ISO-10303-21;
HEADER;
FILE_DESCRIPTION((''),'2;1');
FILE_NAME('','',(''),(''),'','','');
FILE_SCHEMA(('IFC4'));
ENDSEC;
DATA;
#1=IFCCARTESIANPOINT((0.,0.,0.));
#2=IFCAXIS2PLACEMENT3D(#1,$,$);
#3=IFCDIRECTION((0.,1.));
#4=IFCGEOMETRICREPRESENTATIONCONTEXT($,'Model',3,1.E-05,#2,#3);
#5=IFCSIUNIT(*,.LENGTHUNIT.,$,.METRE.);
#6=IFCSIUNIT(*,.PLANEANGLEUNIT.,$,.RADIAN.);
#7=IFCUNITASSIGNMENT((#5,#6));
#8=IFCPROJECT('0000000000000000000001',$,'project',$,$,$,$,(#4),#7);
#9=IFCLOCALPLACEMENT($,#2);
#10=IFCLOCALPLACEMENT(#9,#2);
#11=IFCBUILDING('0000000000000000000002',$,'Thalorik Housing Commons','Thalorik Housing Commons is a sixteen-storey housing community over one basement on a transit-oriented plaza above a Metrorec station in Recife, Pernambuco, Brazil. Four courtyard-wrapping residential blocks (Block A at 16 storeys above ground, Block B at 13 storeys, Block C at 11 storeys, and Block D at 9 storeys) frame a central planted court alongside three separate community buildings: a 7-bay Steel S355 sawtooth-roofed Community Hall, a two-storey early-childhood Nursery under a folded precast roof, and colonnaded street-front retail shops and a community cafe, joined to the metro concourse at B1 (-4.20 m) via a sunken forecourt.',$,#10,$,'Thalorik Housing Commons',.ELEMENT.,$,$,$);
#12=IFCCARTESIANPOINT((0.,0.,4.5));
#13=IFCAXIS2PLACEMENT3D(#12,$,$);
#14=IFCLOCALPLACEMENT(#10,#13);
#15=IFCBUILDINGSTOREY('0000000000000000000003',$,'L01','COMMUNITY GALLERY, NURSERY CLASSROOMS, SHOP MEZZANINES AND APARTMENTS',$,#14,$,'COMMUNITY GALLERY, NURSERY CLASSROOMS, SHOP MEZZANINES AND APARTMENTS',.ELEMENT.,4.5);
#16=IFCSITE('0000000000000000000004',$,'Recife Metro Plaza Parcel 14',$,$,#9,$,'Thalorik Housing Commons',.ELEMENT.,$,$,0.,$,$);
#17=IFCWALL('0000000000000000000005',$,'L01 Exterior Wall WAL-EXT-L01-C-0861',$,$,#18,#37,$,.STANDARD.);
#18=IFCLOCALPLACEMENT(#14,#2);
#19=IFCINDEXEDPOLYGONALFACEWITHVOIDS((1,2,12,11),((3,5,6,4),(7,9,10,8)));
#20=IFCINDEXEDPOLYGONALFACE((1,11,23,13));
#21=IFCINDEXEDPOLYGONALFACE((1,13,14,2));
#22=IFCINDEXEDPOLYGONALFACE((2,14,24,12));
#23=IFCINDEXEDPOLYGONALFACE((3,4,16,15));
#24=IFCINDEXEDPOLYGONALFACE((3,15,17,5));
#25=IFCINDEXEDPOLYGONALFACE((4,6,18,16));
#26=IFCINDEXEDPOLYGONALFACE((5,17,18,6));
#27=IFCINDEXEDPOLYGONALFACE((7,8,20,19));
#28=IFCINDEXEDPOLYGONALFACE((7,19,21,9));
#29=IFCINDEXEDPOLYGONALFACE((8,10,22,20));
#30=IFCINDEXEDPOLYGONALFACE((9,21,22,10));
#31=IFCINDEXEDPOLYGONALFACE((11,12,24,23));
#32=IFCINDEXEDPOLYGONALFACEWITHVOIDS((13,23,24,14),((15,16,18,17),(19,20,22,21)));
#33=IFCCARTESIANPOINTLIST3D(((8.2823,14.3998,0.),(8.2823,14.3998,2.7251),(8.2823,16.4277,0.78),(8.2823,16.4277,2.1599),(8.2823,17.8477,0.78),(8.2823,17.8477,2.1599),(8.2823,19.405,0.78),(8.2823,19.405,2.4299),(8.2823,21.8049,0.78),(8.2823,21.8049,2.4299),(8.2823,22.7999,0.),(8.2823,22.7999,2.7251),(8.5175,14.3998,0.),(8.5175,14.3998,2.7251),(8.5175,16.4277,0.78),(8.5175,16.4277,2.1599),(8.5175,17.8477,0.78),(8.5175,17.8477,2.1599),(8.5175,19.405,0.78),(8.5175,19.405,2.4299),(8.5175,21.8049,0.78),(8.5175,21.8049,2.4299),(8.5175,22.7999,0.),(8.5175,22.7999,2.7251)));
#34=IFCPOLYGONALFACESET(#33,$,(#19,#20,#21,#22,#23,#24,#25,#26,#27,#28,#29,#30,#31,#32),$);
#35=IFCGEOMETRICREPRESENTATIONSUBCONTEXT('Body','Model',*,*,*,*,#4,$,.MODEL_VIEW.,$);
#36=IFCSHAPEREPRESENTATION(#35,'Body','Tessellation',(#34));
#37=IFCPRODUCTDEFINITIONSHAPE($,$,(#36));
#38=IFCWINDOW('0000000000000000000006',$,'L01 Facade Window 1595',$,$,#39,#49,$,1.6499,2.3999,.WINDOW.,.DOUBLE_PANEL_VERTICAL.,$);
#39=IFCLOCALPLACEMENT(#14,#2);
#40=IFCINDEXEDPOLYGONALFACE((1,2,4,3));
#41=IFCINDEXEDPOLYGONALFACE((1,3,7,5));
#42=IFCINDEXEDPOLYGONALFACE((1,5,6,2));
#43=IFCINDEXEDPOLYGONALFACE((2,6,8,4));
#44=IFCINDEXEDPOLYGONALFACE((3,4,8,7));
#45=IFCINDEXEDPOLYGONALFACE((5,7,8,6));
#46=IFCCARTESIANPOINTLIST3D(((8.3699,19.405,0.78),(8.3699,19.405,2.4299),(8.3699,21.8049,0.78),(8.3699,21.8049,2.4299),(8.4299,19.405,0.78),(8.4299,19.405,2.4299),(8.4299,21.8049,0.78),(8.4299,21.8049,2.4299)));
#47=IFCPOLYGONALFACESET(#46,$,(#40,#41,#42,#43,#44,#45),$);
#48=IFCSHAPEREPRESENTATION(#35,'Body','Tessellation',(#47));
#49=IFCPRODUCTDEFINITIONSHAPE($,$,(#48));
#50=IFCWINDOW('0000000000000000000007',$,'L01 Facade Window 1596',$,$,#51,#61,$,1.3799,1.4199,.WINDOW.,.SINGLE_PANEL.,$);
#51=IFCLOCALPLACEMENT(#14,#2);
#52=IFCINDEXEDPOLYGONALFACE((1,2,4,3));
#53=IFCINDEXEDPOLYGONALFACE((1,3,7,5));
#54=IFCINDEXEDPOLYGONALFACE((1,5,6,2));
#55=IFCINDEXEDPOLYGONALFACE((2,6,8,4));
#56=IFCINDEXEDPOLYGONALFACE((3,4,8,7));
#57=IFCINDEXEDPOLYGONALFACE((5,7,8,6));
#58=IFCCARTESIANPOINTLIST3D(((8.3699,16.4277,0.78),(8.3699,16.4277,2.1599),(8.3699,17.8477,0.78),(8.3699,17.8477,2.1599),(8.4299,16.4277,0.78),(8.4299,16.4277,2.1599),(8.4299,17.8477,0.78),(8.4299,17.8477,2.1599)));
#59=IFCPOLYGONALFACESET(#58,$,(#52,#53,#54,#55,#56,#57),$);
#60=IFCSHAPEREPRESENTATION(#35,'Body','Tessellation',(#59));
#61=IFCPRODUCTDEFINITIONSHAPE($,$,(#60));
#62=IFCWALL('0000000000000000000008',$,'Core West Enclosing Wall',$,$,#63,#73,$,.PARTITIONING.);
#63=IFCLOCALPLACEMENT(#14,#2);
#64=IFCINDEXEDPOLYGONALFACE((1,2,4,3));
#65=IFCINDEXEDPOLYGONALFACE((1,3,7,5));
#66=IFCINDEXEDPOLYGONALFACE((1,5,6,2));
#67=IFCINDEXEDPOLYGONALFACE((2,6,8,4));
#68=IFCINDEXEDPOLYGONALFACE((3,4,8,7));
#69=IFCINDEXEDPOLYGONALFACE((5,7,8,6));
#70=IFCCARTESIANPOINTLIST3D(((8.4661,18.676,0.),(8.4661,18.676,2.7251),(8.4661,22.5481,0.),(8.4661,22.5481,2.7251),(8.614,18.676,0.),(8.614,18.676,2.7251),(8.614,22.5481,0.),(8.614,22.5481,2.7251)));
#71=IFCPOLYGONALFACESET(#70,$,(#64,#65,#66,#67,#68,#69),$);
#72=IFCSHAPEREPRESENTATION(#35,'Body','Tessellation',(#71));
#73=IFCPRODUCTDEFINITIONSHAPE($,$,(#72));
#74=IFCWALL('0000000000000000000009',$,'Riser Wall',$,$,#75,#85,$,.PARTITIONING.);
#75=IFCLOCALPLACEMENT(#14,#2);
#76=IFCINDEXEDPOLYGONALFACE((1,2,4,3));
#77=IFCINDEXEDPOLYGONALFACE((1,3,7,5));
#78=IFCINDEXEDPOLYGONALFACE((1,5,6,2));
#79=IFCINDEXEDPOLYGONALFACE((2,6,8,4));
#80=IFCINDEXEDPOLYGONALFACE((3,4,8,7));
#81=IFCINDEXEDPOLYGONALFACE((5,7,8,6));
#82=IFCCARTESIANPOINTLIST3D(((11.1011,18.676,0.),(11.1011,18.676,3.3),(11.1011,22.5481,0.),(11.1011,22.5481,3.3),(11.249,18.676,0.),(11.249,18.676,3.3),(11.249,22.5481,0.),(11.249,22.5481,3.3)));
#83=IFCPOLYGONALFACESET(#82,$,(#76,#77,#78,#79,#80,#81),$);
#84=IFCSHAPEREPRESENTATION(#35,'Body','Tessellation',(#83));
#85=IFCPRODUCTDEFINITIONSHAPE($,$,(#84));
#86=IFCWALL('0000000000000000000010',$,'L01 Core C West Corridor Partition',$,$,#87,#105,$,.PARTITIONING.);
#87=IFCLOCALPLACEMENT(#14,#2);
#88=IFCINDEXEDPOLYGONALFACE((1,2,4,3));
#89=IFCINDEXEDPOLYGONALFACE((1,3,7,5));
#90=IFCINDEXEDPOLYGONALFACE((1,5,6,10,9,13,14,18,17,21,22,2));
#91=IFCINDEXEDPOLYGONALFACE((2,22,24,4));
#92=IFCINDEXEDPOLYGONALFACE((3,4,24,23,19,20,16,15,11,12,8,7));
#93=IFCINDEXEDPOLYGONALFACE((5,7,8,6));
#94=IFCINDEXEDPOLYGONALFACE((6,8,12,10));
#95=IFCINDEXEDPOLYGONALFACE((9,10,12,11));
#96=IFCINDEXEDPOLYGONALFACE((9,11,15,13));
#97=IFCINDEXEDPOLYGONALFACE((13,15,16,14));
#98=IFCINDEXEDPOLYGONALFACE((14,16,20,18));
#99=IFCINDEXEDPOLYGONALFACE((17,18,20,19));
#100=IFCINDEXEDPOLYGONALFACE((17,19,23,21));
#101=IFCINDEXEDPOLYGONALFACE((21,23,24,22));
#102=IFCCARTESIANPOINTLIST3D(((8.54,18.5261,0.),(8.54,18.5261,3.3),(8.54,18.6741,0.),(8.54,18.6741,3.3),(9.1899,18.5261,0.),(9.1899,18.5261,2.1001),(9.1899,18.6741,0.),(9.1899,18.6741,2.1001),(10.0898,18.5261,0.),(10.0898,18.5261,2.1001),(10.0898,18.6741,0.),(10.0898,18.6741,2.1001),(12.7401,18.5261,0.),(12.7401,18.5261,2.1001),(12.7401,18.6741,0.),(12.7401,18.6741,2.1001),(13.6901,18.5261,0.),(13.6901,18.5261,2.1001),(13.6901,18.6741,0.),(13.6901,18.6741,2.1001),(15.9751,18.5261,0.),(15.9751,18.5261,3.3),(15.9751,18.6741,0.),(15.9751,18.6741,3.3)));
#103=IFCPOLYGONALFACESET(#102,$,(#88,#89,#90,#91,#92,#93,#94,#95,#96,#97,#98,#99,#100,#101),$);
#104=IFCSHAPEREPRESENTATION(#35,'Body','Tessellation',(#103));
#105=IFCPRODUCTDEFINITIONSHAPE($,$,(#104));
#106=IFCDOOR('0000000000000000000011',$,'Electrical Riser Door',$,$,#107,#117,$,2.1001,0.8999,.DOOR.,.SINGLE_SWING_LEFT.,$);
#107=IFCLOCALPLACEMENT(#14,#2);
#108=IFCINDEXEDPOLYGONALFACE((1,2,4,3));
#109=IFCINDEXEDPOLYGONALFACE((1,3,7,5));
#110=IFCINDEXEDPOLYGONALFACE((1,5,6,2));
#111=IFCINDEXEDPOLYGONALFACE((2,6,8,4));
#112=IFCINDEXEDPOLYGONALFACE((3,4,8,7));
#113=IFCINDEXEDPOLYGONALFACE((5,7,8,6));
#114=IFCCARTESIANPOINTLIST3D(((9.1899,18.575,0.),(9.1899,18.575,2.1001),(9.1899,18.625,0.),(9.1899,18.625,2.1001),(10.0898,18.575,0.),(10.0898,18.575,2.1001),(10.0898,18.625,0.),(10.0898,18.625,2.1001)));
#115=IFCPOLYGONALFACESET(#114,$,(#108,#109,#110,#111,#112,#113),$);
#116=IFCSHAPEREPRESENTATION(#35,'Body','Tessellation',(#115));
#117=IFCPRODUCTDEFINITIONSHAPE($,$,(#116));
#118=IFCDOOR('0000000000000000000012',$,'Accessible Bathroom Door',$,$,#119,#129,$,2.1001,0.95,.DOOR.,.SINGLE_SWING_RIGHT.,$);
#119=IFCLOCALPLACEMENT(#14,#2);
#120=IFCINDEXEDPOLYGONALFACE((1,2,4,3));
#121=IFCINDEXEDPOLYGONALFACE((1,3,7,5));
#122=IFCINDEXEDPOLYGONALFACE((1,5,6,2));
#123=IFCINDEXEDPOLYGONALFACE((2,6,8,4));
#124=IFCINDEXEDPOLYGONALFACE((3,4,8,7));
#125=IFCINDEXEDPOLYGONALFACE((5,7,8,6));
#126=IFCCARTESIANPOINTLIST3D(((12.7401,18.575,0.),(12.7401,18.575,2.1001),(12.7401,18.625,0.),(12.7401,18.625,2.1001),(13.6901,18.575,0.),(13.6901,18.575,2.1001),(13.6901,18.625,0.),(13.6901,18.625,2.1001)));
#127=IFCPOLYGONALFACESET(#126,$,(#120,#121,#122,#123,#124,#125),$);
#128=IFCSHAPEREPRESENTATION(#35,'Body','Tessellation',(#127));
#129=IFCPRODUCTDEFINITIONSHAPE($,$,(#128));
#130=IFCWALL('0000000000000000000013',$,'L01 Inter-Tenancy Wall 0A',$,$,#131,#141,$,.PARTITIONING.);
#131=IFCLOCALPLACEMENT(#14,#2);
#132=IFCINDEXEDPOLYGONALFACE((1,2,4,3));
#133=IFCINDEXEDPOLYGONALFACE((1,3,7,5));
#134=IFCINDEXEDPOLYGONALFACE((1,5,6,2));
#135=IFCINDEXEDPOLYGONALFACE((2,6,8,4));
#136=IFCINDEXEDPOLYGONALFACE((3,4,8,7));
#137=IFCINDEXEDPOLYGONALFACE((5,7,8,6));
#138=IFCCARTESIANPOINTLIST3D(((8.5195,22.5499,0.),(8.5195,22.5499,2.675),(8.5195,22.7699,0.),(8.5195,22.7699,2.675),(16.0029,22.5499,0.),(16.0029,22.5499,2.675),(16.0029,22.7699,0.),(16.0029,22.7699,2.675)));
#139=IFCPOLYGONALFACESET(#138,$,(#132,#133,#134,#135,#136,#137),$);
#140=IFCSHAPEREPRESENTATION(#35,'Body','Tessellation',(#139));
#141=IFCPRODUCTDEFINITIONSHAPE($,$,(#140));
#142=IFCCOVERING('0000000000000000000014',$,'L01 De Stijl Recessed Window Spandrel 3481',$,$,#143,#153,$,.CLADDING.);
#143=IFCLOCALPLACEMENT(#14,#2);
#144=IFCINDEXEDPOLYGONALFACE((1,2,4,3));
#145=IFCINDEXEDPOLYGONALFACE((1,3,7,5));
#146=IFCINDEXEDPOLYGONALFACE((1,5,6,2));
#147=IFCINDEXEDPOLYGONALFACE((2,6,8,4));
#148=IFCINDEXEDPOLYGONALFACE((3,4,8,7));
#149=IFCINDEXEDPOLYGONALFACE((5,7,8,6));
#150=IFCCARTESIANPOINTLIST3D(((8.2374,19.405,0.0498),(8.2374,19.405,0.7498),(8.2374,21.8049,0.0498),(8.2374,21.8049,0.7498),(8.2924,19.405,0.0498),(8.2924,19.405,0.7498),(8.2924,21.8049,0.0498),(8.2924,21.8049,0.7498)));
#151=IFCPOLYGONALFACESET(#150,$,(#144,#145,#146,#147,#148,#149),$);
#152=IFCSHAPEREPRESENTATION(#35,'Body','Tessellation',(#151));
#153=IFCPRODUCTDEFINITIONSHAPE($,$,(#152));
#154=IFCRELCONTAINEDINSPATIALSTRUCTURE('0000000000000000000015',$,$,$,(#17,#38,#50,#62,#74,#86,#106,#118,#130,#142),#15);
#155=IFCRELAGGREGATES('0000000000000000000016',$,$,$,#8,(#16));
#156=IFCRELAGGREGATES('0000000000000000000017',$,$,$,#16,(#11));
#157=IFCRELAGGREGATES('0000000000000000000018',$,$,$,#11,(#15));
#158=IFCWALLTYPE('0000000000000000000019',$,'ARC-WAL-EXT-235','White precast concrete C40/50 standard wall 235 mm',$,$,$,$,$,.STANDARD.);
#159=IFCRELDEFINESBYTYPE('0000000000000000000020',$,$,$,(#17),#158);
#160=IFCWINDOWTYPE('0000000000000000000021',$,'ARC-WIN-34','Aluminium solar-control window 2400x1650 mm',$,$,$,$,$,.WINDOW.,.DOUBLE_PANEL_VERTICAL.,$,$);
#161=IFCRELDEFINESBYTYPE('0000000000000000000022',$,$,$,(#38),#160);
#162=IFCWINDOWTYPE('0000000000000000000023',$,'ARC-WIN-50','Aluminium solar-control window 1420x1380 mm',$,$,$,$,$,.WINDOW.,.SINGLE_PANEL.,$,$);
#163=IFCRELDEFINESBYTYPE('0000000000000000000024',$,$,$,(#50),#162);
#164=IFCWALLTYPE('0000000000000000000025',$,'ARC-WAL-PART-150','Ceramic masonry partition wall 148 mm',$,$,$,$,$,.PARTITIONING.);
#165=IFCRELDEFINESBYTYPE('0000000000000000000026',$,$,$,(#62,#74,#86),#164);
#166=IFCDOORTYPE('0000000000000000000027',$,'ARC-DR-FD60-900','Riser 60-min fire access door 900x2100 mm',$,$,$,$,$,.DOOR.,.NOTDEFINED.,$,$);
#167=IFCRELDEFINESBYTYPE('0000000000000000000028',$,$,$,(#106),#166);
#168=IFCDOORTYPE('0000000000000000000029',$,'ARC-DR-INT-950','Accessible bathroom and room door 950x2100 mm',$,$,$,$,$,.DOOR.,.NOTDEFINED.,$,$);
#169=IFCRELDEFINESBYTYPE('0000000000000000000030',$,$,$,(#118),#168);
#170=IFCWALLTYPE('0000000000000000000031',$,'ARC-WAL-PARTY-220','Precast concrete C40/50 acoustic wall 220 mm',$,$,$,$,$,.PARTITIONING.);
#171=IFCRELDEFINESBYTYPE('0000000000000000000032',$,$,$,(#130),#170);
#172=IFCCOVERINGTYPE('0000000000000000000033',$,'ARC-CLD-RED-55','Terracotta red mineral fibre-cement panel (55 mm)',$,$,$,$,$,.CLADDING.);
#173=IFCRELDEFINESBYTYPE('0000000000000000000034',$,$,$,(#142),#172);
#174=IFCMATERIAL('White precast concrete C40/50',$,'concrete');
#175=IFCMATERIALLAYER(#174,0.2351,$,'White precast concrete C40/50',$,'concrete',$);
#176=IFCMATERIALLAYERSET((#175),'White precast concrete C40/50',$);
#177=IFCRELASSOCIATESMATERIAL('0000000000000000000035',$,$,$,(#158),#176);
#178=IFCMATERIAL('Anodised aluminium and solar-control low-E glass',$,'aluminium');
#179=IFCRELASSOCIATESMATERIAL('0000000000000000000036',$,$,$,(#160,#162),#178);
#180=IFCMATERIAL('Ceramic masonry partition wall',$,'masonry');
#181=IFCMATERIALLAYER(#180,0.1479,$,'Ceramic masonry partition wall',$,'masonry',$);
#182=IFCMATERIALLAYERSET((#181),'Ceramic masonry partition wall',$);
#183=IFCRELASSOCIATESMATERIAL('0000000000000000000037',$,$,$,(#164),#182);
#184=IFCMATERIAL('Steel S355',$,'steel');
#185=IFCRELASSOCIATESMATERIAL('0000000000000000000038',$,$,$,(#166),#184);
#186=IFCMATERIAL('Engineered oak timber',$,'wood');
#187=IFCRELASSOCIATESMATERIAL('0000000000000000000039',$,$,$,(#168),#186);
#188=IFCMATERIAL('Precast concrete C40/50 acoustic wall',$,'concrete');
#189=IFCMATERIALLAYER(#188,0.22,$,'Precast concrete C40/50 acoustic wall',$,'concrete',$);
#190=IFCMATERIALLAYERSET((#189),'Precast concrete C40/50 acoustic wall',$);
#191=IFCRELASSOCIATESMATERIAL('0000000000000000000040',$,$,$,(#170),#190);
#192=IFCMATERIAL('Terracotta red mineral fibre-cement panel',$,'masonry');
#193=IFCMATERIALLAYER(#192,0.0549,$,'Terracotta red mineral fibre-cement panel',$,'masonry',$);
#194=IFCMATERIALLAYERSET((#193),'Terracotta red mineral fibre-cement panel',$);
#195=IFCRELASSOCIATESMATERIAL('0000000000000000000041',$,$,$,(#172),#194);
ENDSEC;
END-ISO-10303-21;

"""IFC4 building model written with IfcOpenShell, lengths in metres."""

from ifc_helpers import new_model, si_unit, direction, frame, frame_2d, origin, origin_2d, place, context, subcontext, project, spatial, rectangle, extrude, material, layer, layer_set, type_object, element, fill, save


model = new_model("IFC4")

# Units and contexts
model_context = context("Model", 3, precision=1e-05, world=origin(), true_north=direction((0.0, 1.0)))
body_context = subcontext(model_context, "Body", "Model", "MODEL_VIEW")
ifc_project = project(units=[si_unit("LENGTHUNIT", "METRE"), si_unit("PLANEANGLEUNIT", "RADIAN")], contexts=[model_context])

# Site, building, storey
site_placement = place(None, origin())
site = spatial("IfcSite", under=ifc_project, at=site_placement, Name="Recife Metro Plaza Parcel 14", LongName="Thalorik Housing Commons", CompositionType="ELEMENT", RefElevation=0.0)
building_placement = place(site_placement, origin())
building = spatial("IfcBuilding", under=site, at=building_placement, Name="Thalorik Housing Commons", Description="Thalorik Housing Commons is a sixteen-storey housing community over one basement on a transit-oriented plaza above a Metrorec station in Recife, Pernambuco, Brazil. Four courtyard-wrapping residential blocks (Block A at 16 storeys above ground, Block B at 13 storeys, Block C at 11 storeys, and Block D at 9 storeys) frame a central planted court alongside three separate community buildings: a 7-bay Steel S355 sawtooth-roofed Community Hall, a two-storey early-childhood Nursery under a folded precast roof, and colonnaded street-front retail shops and a community cafe, joined to the metro concourse at B1 (-4.20 m) via a sunken forecourt.", LongName="Thalorik Housing Commons", CompositionType="ELEMENT")
storey_placement = place(building_placement, frame((0.0, 0.0, 4.5)))
storey = spatial("IfcBuildingStorey", under=building, at=storey_placement, Name="L01", Description="COMMUNITY GALLERY, NURSERY CLASSROOMS, SHOP MEZZANINES AND APARTMENTS", LongName="COMMUNITY GALLERY, NURSERY CLASSROOMS, SHOP MEZZANINES AND APARTMENTS", CompositionType="ELEMENT", Elevation=4.5)

# Wall, openings, windows
ifc_material_1 = material(Name="White precast concrete C40/50", Category="concrete")
ifc_layer_1 = layer(ifc_material_1, 0.2351, Name="White precast concrete C40/50", Category="concrete")
ifc_layer_set_1 = layer_set([ifc_layer_1], Name="White precast concrete C40/50")
wall_type_1 = type_object("IfcWallType", Name="ARC-WAL-EXT-235", Description="White precast concrete C40/50 standard wall 235 mm", PredefinedType="STANDARD", material=ifc_layer_set_1)
ifc_material_2 = material(Name="Anodised aluminium and solar-control low-E glass", Category="aluminium")
wall_1_placement = place(storey_placement, frame((8.3999, 22.8, 0.0), z_axis=(0.0, 0.0, 1.0), x_axis=(0.0, -1.0, 0.0)))
wall_1 = element("IfcWall", 1, at=wall_1_placement, inside=storey, type_object=wall_type_1, Name="L01 Exterior Wall WAL-EXT-L01-C-0861", PredefinedType="STANDARD", context=body_context, shape_type="SweptSolid", body=[
    extrude(rectangle(XDim=8.4001, YDim=0.2351, at=frame_2d((4.2002, 0.0))), origin(), (0.0, 0.0, 1.0), 2.7251),
])
opening_1_placement = place(wall_1_placement, frame((0.9951, 0.0, 0.78)))
opening_1 = element("IfcOpeningElement", 2, at=opening_1_placement, cuts=wall_1, PredefinedType="OPENING", context=body_context, shape_type="SweptSolid", body=[
    extrude(rectangle(XDim=2.3999, YDim=1.6499, at=frame_2d((1.2, 0.825))), frame((0.0, 0.1274, 0.0), z_axis=(0.0, -1.0, 0.0), x_axis=(1.0, 0.0, 0.0)), (0.0, 0.0, 1.0), 0.2551),
])
opening_2_placement = place(wall_1_placement, frame((4.9524, 0.0, 0.78)))
opening_2 = element("IfcOpeningElement", 3, at=opening_2_placement, cuts=wall_1, PredefinedType="OPENING", context=body_context, shape_type="SweptSolid", body=[
    extrude(rectangle(XDim=1.4199, YDim=1.3799, at=frame_2d((0.71, 0.6899))), frame((0.0, 0.1274, 0.0), z_axis=(0.0, -1.0, 0.0), x_axis=(1.0, 0.0, 0.0)), (0.0, 0.0, 1.0), 0.2551),
])
window_type_1 = type_object("IfcWindowType", Name="ARC-WIN-34", Description="Aluminium solar-control window 2400x1650 mm", PartitioningType="DOUBLE_PANEL_VERTICAL", PredefinedType="WINDOW", material=ifc_material_2)
window_1_placement = place(opening_1_placement, origin())
window_1 = element("IfcWindow", 4, at=window_1_placement, inside=storey, type_object=window_type_1, Name="L01 Facade Window 1595", OverallHeight=1.6499, OverallWidth=2.3999, PartitioningType="DOUBLE_PANEL_VERTICAL", PredefinedType="WINDOW", context=body_context, shape_type="SweptSolid", body=[
    extrude(rectangle(XDim=2.3999, YDim=1.6499, at=frame_2d((1.2, 0.825))), frame((0.0, 0.03, 0.0), z_axis=(0.0, -1.0, 0.0), x_axis=(1.0, 0.0, 0.0)), (0.0, 0.0, 1.0), 0.0601),
])
fill(opening_1, window_1)
window_type_2 = type_object("IfcWindowType", Name="ARC-WIN-50", Description="Aluminium solar-control window 1420x1380 mm", PartitioningType="SINGLE_PANEL", PredefinedType="WINDOW", material=ifc_material_2)
window_2_placement = place(opening_2_placement, origin())
window_2 = element("IfcWindow", 5, at=window_2_placement, inside=storey, type_object=window_type_2, Name="L01 Facade Window 1596", OverallHeight=1.3799, OverallWidth=1.4199, PartitioningType="SINGLE_PANEL", PredefinedType="WINDOW", context=body_context, shape_type="SweptSolid", body=[
    extrude(rectangle(XDim=1.4199, YDim=1.3799, at=frame_2d((0.71, 0.6899))), frame((0.0, 0.03, 0.0), z_axis=(0.0, -1.0, 0.0), x_axis=(1.0, 0.0, 0.0)), (0.0, 0.0, 1.0), 0.0601),
])
fill(opening_2, window_2)

# Walls
ifc_material_3 = material(Name="Ceramic masonry partition wall", Category="masonry")
ifc_layer_2 = layer(ifc_material_3, 0.1479, Name="Ceramic masonry partition wall", Category="masonry")
ifc_layer_set_2 = layer_set([ifc_layer_2], Name="Ceramic masonry partition wall")
wall_type_2 = type_object("IfcWallType", Name="ARC-WAL-PART-150", Description="Ceramic masonry partition wall 148 mm", PredefinedType="PARTITIONING", material=ifc_layer_set_2)
wall_2_placement = place(storey_placement, frame((8.54, 18.676, 0.0), z_axis=(0.0, 0.0, 1.0), x_axis=(0.0, 1.0, 0.0)))
element("IfcWall", 6, at=wall_2_placement, inside=storey, type_object=wall_type_2, Name="Core West Enclosing Wall", PredefinedType="PARTITIONING", context=body_context, shape_type="SweptSolid", body=[
    extrude(rectangle(XDim=3.8721, YDim=0.1479, at=frame_2d((1.936, 0.0))), origin(), (0.0, 0.0, 1.0), 2.7251),
])
wall_3_placement = place(storey_placement, frame((11.175, 18.676, 0.0), z_axis=(0.0, 0.0, 1.0), x_axis=(0.0, 1.0, 0.0)))
element("IfcWall", 7, at=wall_3_placement, inside=storey, type_object=wall_type_2, Name="Riser Wall", PredefinedType="PARTITIONING", context=body_context, shape_type="SweptSolid", body=[
    extrude(rectangle(XDim=3.8721, YDim=0.1479, at=frame_2d((1.936, 0.0))), origin(), (0.0, 0.0, 1.0), 3.3),
])

# Wall, openings, doors
wall_4_placement = place(storey_placement, frame((8.54, 18.6001, 0.0), z_axis=(0.0, 0.0, 1.0), x_axis=(1.0, 0.0, 0.0)))
wall_4 = element("IfcWall", 8, at=wall_4_placement, inside=storey, type_object=wall_type_2, Name="L01 Core C West Corridor Partition", PredefinedType="PARTITIONING", context=body_context, shape_type="SweptSolid", body=[
    extrude(rectangle(XDim=7.4351, YDim=0.1479, at=frame_2d((3.7175, 0.0))), origin(), (0.0, 0.0, 1.0), 3.3),
])
opening_3_placement = place(wall_4_placement, frame((0.6499, 0.0, 0.0)))
opening_3 = element("IfcOpeningElement", 9, at=opening_3_placement, cuts=wall_4, PredefinedType="OPENING", context=body_context, shape_type="SweptSolid", body=[
    extrude(rectangle(XDim=0.8999, YDim=2.1001, at=frame_2d((0.45, 1.05))), frame((0.0, 0.084, 0.0), z_axis=(0.0, -1.0, 0.0), x_axis=(1.0, 0.0, 0.0)), (0.0, 0.0, 1.0), 0.168),
])
opening_4_placement = place(wall_4_placement, frame((4.2, 0.0, 0.0)))
opening_4 = element("IfcOpeningElement", 10, at=opening_4_placement, cuts=wall_4, PredefinedType="OPENING", context=body_context, shape_type="SweptSolid", body=[
    extrude(rectangle(XDim=0.95, YDim=2.1001, at=frame_2d((0.4751, 1.05))), frame((0.0, 0.084, 0.0), z_axis=(0.0, -1.0, 0.0), x_axis=(1.0, 0.0, 0.0)), (0.0, 0.0, 1.0), 0.168),
])
ifc_material_4 = material(Name="Steel S355", Category="steel")
door_type_1 = type_object("IfcDoorType", Name="ARC-DR-FD60-900", Description="Riser 60-min fire access door 900x2100 mm", OperationType="NOTDEFINED", PredefinedType="DOOR", material=ifc_material_4)
door_1_placement = place(opening_3_placement, origin())
door_1 = element("IfcDoor", 11, at=door_1_placement, inside=storey, type_object=door_type_1, Name="Electrical Riser Door", OperationType="SINGLE_SWING_LEFT", OverallHeight=2.1001, OverallWidth=0.8999, PredefinedType="DOOR", context=body_context, shape_type="SweptSolid", body=[
    extrude(rectangle(XDim=0.8999, YDim=2.1001, at=frame_2d((0.45, 1.05))), frame((0.0, 0.0249, 0.0), z_axis=(0.0, -1.0, 0.0), x_axis=(1.0, 0.0, 0.0)), (0.0, 0.0, 1.0), 0.05),
])
fill(opening_3, door_1)
ifc_material_5 = material(Name="Engineered oak timber", Category="wood")
door_type_2 = type_object("IfcDoorType", Name="ARC-DR-INT-950", Description="Accessible bathroom and room door 950x2100 mm", OperationType="NOTDEFINED", PredefinedType="DOOR", material=ifc_material_5)
door_2_placement = place(opening_4_placement, origin())
door_2 = element("IfcDoor", 12, at=door_2_placement, inside=storey, type_object=door_type_2, Name="Accessible Bathroom Door", OperationType="SINGLE_SWING_RIGHT", OverallHeight=2.1001, OverallWidth=0.95, PredefinedType="DOOR", context=body_context, shape_type="SweptSolid", body=[
    extrude(rectangle(XDim=0.95, YDim=2.1001, at=frame_2d((0.4751, 1.05))), frame((0.0, 0.0249, 0.0), z_axis=(0.0, -1.0, 0.0), x_axis=(1.0, 0.0, 0.0)), (0.0, 0.0, 1.0), 0.05),
])
fill(opening_4, door_2)

# Wall
ifc_material_6 = material(Name="Precast concrete C40/50 acoustic wall", Category="concrete")
ifc_layer_3 = layer(ifc_material_6, 0.22, Name="Precast concrete C40/50 acoustic wall", Category="concrete")
ifc_layer_set_3 = layer_set([ifc_layer_3], Name="Precast concrete C40/50 acoustic wall")
wall_type_3 = type_object("IfcWallType", Name="ARC-WAL-PARTY-220", Description="Precast concrete C40/50 acoustic wall 220 mm", PredefinedType="PARTITIONING", material=ifc_layer_set_3)
wall_5_placement = place(storey_placement, frame((8.5195, 22.6599, 0.0), z_axis=(0.0, 0.0, 1.0), x_axis=(1.0, 0.0, 0.0)))
element("IfcWall", 13, at=wall_5_placement, inside=storey, type_object=wall_type_3, Name="L01 Inter-Tenancy Wall 0A", PredefinedType="PARTITIONING", context=body_context, shape_type="SweptSolid", body=[
    extrude(rectangle(XDim=7.4834, YDim=0.22, at=frame_2d((3.7417, 0.0))), origin(), (0.0, 0.0, 1.0), 2.675),
])

# Covering
ifc_material_7 = material(Name="Terracotta red mineral fibre-cement panel", Category="masonry")
ifc_layer_4 = layer(ifc_material_7, 0.0549, Name="Terracotta red mineral fibre-cement panel", Category="masonry")
ifc_layer_set_4 = layer_set([ifc_layer_4], Name="Terracotta red mineral fibre-cement panel")
covering_type_1 = type_object("IfcCoveringType", Name="ARC-CLD-RED-55", Description="Terracotta red mineral fibre-cement panel (55 mm)", PredefinedType="CLADDING", material=ifc_layer_set_4)
covering_1_placement = place(storey_placement, frame((8.2649, 20.605, 0.0498), z_axis=(0.0, 0.0, 1.0), x_axis=(0.0, -1.0, 0.0)))
element("IfcCovering", 14, at=covering_1_placement, inside=storey, type_object=covering_type_1, Name="L01 De Stijl Recessed Window Spandrel 3481", PredefinedType="CLADDING", context=body_context, shape_type="SweptSolid", body=[
    extrude(rectangle(XDim=2.3999, YDim=0.0549, at=origin_2d()), origin(), (0.0, 0.0, 1.0), 0.7),
])

save(model, "model.ifc")
